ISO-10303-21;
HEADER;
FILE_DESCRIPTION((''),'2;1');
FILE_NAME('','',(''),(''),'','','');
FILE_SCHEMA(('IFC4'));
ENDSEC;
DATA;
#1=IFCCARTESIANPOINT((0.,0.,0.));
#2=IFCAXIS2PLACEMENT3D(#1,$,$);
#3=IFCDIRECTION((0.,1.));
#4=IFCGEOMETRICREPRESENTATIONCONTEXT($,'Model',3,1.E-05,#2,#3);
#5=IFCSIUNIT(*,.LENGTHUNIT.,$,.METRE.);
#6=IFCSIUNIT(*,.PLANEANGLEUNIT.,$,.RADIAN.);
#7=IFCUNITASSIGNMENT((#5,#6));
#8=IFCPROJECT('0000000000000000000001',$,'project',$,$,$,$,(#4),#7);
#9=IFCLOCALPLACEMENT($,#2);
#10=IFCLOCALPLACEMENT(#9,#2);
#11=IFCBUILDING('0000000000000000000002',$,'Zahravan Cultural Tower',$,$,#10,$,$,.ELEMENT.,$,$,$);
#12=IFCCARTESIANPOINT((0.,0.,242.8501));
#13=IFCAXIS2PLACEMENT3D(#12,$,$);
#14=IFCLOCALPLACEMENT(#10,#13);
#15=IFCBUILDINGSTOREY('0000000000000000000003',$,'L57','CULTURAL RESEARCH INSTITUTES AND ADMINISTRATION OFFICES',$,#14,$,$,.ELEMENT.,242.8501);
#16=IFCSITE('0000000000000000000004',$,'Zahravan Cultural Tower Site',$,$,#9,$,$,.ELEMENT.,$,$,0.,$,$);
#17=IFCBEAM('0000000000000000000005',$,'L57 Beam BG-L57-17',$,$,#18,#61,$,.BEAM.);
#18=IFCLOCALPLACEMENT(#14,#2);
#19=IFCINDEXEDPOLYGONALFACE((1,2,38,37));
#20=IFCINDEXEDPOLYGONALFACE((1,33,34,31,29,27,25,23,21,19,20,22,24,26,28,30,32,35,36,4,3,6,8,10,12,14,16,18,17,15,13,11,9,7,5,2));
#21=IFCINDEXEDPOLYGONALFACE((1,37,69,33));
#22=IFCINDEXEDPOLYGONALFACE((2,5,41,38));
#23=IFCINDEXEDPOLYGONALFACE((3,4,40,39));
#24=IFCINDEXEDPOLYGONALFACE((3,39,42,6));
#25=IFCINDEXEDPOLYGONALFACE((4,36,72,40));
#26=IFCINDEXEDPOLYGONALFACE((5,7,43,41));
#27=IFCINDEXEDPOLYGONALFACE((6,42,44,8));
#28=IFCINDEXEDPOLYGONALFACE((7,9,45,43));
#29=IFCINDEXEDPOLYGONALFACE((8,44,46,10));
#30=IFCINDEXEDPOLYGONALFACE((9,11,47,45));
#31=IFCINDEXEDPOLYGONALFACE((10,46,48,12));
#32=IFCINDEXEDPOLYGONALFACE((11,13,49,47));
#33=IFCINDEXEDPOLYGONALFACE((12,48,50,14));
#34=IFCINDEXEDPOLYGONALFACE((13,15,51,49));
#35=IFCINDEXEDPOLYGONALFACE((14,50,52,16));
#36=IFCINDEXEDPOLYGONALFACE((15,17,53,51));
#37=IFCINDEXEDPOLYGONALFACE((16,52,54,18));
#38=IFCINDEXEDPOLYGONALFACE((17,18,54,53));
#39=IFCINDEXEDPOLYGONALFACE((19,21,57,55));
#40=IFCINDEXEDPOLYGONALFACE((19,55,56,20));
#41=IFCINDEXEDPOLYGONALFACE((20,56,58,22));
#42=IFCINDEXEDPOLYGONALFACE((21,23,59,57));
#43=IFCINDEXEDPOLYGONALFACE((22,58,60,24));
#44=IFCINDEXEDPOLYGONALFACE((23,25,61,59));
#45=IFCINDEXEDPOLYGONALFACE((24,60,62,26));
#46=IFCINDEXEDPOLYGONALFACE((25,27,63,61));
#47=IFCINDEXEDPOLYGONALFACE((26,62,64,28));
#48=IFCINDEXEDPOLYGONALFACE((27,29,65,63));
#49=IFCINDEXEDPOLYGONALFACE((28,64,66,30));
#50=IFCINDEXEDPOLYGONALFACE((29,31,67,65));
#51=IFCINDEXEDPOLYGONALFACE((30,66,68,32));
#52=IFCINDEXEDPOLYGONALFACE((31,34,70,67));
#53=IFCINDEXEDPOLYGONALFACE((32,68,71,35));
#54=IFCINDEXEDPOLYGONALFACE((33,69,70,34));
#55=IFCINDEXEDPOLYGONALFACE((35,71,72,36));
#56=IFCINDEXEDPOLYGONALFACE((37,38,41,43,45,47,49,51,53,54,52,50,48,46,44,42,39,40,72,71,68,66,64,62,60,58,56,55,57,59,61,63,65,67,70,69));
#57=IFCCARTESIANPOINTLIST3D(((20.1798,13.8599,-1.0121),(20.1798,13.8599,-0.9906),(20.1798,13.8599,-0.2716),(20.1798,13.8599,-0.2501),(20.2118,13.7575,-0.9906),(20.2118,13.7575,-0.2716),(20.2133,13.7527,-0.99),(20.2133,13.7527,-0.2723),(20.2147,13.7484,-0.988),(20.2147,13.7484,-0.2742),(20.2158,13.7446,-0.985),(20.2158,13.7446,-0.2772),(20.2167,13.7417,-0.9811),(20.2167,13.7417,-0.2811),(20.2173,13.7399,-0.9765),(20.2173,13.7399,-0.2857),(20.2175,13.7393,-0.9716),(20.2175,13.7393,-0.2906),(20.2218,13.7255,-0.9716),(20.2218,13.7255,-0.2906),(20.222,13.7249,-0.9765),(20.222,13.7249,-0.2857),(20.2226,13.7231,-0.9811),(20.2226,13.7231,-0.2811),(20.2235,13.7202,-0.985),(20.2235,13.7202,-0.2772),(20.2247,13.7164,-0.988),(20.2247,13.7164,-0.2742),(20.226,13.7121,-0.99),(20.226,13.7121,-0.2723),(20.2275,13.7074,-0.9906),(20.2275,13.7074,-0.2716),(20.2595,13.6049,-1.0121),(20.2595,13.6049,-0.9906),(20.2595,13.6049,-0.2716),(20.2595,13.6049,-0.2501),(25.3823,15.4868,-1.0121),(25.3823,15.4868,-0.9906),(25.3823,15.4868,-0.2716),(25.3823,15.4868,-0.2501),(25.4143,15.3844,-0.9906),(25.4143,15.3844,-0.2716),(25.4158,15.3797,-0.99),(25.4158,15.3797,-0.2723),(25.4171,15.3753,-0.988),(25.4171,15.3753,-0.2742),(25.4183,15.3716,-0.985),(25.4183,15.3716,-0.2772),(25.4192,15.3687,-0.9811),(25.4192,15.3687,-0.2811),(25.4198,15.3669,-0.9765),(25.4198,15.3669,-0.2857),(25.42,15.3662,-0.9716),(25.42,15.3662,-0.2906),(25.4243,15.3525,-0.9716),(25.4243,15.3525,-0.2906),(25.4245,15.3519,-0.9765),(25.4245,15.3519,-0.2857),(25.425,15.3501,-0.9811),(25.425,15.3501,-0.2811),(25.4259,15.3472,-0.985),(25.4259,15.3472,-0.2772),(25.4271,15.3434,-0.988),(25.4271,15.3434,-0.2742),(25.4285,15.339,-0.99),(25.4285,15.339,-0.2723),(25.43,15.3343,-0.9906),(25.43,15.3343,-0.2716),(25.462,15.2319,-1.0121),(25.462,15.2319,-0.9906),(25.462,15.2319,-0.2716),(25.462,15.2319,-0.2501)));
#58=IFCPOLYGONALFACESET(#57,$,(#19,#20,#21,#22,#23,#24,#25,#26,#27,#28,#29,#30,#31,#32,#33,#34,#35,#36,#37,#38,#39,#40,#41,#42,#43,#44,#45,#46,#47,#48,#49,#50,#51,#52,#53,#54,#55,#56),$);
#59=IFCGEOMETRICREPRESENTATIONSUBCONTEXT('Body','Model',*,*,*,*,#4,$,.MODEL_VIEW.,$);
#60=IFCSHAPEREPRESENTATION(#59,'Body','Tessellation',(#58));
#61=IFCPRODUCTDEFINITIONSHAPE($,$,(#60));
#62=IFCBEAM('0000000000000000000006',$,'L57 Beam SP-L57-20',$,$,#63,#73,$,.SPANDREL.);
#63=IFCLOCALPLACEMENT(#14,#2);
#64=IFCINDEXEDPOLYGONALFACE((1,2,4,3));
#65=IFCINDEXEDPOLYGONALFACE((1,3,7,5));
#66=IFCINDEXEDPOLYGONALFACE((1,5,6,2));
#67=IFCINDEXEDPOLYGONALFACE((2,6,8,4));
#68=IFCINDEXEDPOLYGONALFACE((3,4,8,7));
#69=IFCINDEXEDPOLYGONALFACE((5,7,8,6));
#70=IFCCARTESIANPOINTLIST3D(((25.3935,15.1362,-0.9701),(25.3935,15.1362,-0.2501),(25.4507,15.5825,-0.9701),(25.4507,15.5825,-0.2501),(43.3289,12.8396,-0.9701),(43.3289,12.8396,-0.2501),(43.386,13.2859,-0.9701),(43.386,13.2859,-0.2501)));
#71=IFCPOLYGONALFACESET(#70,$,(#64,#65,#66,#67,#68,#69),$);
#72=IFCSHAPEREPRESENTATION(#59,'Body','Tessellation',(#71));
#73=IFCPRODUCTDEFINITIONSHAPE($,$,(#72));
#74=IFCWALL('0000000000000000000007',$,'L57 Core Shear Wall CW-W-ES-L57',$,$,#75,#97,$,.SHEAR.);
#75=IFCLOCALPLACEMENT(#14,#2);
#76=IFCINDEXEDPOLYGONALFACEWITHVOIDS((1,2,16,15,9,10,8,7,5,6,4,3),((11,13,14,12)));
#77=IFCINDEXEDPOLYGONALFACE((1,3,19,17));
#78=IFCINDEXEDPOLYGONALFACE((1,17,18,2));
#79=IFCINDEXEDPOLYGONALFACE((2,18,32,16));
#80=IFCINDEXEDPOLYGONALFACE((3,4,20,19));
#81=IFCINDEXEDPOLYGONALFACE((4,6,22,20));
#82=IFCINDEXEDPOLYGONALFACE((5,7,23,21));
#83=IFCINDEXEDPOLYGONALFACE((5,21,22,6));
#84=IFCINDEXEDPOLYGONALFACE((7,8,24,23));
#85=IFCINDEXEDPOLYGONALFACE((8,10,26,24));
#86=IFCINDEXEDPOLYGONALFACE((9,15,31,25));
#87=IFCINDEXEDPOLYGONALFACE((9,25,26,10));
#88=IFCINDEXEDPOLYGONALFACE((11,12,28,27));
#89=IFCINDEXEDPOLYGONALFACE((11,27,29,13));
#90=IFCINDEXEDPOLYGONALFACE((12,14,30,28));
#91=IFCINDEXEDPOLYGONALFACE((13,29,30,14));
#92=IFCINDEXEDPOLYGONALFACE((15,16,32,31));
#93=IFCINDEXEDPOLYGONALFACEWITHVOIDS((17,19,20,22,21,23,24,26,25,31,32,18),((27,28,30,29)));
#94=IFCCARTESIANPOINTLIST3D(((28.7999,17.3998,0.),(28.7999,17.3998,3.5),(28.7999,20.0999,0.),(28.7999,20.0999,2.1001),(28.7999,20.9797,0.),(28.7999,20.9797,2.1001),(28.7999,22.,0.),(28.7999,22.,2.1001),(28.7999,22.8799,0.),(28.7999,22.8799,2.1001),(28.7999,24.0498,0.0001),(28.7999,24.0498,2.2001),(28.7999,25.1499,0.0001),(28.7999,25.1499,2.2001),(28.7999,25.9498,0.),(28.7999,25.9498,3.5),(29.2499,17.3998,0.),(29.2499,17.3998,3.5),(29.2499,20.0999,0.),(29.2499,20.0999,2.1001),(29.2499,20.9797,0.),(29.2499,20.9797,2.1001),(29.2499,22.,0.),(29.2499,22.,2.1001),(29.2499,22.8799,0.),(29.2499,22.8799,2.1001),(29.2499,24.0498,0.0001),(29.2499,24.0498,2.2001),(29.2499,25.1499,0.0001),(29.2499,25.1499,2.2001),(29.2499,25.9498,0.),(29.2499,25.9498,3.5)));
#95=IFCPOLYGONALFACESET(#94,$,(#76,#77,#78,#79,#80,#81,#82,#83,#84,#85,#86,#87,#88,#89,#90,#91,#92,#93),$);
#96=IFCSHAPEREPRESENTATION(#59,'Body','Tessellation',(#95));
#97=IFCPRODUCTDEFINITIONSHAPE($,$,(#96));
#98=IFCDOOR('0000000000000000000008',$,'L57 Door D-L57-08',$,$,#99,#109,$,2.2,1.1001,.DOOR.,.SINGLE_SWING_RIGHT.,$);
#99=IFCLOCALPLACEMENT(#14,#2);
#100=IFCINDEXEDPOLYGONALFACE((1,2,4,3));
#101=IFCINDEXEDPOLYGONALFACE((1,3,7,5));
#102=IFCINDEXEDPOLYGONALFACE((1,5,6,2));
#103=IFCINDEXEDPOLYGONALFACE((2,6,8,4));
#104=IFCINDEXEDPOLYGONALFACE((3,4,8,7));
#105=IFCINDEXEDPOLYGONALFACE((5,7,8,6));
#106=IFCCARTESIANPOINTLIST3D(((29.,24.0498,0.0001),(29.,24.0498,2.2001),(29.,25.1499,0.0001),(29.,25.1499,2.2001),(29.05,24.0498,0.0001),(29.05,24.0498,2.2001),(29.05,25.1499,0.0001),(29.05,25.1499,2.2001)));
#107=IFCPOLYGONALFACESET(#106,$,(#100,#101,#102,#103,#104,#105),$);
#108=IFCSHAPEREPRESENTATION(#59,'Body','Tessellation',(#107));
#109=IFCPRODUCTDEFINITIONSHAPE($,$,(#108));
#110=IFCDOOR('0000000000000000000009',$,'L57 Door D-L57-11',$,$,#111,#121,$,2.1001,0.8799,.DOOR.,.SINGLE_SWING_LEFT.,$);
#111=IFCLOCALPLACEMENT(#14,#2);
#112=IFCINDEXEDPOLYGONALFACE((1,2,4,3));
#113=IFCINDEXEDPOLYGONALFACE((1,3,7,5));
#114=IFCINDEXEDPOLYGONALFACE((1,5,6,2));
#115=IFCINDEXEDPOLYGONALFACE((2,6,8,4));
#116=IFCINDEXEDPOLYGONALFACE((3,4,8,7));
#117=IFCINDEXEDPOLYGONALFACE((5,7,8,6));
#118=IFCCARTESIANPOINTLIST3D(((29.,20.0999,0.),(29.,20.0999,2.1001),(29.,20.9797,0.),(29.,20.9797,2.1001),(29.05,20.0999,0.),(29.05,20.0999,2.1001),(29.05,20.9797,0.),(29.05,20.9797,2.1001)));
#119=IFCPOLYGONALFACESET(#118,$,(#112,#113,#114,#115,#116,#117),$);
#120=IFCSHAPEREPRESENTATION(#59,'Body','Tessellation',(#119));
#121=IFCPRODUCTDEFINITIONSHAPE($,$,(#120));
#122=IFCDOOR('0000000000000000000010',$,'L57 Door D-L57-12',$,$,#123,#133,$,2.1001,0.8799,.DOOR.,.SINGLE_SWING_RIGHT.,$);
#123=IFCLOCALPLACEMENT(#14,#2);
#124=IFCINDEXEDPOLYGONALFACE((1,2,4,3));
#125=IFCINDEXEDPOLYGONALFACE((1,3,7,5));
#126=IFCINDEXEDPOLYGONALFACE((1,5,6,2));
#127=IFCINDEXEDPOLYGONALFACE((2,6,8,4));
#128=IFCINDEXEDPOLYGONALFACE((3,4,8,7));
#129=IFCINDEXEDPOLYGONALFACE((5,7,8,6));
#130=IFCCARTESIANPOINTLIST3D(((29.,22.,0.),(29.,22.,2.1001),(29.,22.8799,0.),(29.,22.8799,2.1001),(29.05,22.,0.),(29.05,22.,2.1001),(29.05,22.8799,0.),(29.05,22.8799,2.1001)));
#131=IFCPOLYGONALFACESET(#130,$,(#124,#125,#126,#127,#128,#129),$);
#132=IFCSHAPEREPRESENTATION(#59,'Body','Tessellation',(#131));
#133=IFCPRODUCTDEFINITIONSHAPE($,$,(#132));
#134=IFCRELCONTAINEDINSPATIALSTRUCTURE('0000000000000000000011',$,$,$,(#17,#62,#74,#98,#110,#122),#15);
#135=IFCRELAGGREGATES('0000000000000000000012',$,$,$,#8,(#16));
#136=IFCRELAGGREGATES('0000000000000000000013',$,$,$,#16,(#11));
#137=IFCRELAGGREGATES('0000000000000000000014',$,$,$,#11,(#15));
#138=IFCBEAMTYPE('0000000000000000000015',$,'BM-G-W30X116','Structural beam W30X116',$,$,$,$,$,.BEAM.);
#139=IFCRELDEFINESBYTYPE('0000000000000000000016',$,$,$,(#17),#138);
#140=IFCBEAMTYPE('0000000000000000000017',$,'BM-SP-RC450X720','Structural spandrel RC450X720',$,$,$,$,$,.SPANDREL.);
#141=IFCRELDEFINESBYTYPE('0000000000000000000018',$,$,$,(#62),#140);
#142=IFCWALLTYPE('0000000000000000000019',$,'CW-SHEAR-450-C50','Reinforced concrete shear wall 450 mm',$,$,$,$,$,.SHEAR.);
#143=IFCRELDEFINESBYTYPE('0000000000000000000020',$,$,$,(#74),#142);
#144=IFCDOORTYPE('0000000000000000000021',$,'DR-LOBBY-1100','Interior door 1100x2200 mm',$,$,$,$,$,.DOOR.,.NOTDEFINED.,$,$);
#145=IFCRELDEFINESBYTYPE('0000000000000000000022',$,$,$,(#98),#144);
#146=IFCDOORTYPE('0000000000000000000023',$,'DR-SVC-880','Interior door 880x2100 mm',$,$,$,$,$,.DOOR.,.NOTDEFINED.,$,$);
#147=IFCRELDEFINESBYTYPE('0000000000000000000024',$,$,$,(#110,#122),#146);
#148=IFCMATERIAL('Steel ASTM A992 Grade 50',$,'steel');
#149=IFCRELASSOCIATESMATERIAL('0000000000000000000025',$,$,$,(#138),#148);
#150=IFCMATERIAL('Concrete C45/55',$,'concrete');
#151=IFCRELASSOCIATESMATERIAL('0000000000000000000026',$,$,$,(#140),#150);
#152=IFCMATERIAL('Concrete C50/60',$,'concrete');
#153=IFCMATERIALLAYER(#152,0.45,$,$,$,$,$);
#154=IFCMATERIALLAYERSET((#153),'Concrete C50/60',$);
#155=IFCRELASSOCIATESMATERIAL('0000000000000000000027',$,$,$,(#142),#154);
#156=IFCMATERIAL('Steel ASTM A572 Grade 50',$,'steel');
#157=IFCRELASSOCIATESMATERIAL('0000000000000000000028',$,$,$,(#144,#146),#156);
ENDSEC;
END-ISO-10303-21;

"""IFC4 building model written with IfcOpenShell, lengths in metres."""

from ifc_helpers import new_model, si_unit, direction, frame, frame_2d, origin, origin_2d, place, context, subcontext, project, spatial, rectangle, i_section, extrude, source, transform, mapped, material, layer, layer_set, material_profile, profile_set, type_object, element, fill, save


model = new_model("IFC4")

# Units and contexts
model_context = context("Model", 3, precision=1e-05, world=origin(), true_north=direction((0.0, 1.0)))
body_context = subcontext(model_context, "Body", "Model", "MODEL_VIEW")
ifc_project = project(units=[si_unit("LENGTHUNIT", "METRE"), si_unit("PLANEANGLEUNIT", "RADIAN")], contexts=[model_context])

# Site, building, storey
site_placement = place(None, origin())
site = spatial("IfcSite", under=ifc_project, at=site_placement, Name="Zahravan Cultural Tower Site", CompositionType="ELEMENT", RefElevation=0.0)
building_placement = place(site_placement, origin())
building = spatial("IfcBuilding", under=site, at=building_placement, Name="Zahravan Cultural Tower", CompositionType="ELEMENT")
storey_placement = place(building_placement, frame((0.0, 0.0, 242.8501)))
storey = spatial("IfcBuildingStorey", under=building, at=storey_placement, Name="L57", Description="CULTURAL RESEARCH INSTITUTES AND ADMINISTRATION OFFICES", CompositionType="ELEMENT", Elevation=242.8501)

# Shared definitions
ifc_material_1 = material(Name="Concrete C50/60", Category="concrete")
ifc_material_2 = material(Name="Steel ASTM A992 Grade 50", Category="steel")

# Beams
ifc_material_profile_1 = material_profile(ifc_material_2, i_section(OverallWidth=0.2671, OverallDepth=0.762, WebThickness=0.0144, FlangeThickness=0.0215, FilletRadius=0.019, at=origin_2d()), Name="W30X116")
ifc_profile_set_1 = profile_set([ifc_material_profile_1], Name="Steel ASTM A992 Grade 50")
beam_type_1 = type_object("IfcBeamType", Name="BM-G-W30X116", Description="Structural beam W30X116", PredefinedType="BEAM", material=ifc_profile_set_1)
shared_shape_1 = source(origin(), body_context, "Body", "SweptSolid", [
    extrude(i_section(OverallWidth=0.2671, OverallDepth=0.762, WebThickness=0.0144, FlangeThickness=0.0215, FilletRadius=0.019, at=origin_2d()), origin(), (0.0, 0.0, 1.0), 5.4509),
])
beam_1_placement = place(storey_placement, frame((25.4221, 15.3594, -0.6311), z_axis=(-0.954417, -0.298476, 0.0), x_axis=(0.298476, -0.954417, 0.0)))
element("IfcBeam", 1, at=beam_1_placement, inside=storey, type_object=beam_type_1, Name="L57 Beam BG-L57-17", PredefinedType="BEAM", context=body_context, shape_type="MappedRepresentation", body=[
    mapped(shared_shape_1, transform((0.0, 0.0, 0.0), x_axis=(1.0, 0.0, 0.0), y_axis=(0.0, 1.0, 0.0), z_axis=(0.0, 0.0, 1.0), scale=1.0)),
])
ifc_material_3 = material(Name="Concrete C45/55", Category="concrete")
ifc_material_profile_2 = material_profile(ifc_material_3, rectangle(XDim=0.45, YDim=0.72, at=origin_2d()), Name="RC450X720")
ifc_profile_set_2 = profile_set([ifc_material_profile_2], Name="Concrete C45/55")
beam_type_2 = type_object("IfcBeamType", Name="BM-SP-RC450X720", Description="Structural spandrel RC450X720", PredefinedType="SPANDREL", material=ifc_profile_set_2)
shared_shape_2 = source(origin(), body_context, "Body", "SweptSolid", [
    extrude(rectangle(XDim=0.45, YDim=0.72, at=origin_2d()), origin(), (0.0, 0.0, 1.0), 18.0818),
])
beam_2_placement = place(storey_placement, frame((25.4221, 15.3594, -0.6101), z_axis=(0.991901, -0.127014, 0.0), x_axis=(0.127014, 0.991901, 0.0)))
element("IfcBeam", 2, at=beam_2_placement, inside=storey, type_object=beam_type_2, Name="L57 Beam SP-L57-20", PredefinedType="SPANDREL", context=body_context, shape_type="MappedRepresentation", body=[
    mapped(shared_shape_2, transform((0.0, 0.0, 0.0), x_axis=(1.0, 0.0, 0.0), y_axis=(0.0, 1.0, 0.0), z_axis=(0.0, 0.0, 1.0), scale=1.0)),
])

# Wall, openings, doors
ifc_layer_1 = layer(ifc_material_1, 0.45)
ifc_layer_set_1 = layer_set([ifc_layer_1], Name="Concrete C50/60")
wall_type_1 = type_object("IfcWallType", Name="CW-SHEAR-450-C50", Description="Reinforced concrete shear wall 450 mm", PredefinedType="SHEAR", material=ifc_layer_set_1)
wall_1_placement = place(storey_placement, frame((29.0249, 17.3999, 0.0), z_axis=(0.0, 0.0, 1.0), x_axis=(0.0, 1.0, 0.0)))
wall_1 = element("IfcWall", 3, at=wall_1_placement, inside=storey, type_object=wall_type_1, Name="L57 Core Shear Wall CW-W-ES-L57", PredefinedType="SHEAR", context=body_context, shape_type="SweptSolid", body=[
    extrude(rectangle(XDim=8.55, YDim=0.45, at=frame_2d((4.2749, 0.0))), origin(), (0.0, 0.0, 1.0), 3.5),
])
opening_1_placement = place(wall_1_placement, frame((6.6499, 0.0, 0.0)))
opening_1 = element("IfcOpeningElement", 4, at=opening_1_placement, cuts=wall_1, PredefinedType="OPENING", context=body_context, shape_type="SweptSolid", body=[
    extrude(rectangle(XDim=1.1001, YDim=2.2, at=frame_2d((0.55, 1.1001))), frame((0.0, 0.2349, 0.0), z_axis=(0.0, -1.0, 0.0), x_axis=(1.0, 0.0, 0.0)), (0.0, 0.0, 1.0), 0.47),
])
opening_2_placement = place(wall_1_placement, frame((2.7, 0.0, 0.0)))
opening_2 = element("IfcOpeningElement", 5, at=opening_2_placement, cuts=wall_1, PredefinedType="OPENING", context=body_context, shape_type="SweptSolid", body=[
    extrude(rectangle(XDim=0.8799, YDim=2.1001, at=frame_2d((0.4399, 1.05))), frame((0.0, 0.2349, 0.0), z_axis=(0.0, -1.0, 0.0), x_axis=(1.0, 0.0, 0.0)), (0.0, 0.0, 1.0), 0.47),
])
opening_3_placement = place(wall_1_placement, frame((4.6001, 0.0, 0.0)))
opening_3 = element("IfcOpeningElement", 6, at=opening_3_placement, cuts=wall_1, PredefinedType="OPENING", context=body_context, shape_type="SweptSolid", body=[
    extrude(rectangle(XDim=0.8799, YDim=2.1001, at=frame_2d((0.4399, 1.05))), frame((0.0, 0.2349, 0.0), z_axis=(0.0, -1.0, 0.0), x_axis=(1.0, 0.0, 0.0)), (0.0, 0.0, 1.0), 0.47),
])
ifc_material_4 = material(Name="Steel ASTM A572 Grade 50", Category="steel")
door_type_1 = type_object("IfcDoorType", Name="DR-LOBBY-1100", Description="Interior door 1100x2200 mm", OperationType="NOTDEFINED", PredefinedType="DOOR", material=ifc_material_4)
shared_shape_3 = source(origin(), body_context, "Body", "SweptSolid", [
    extrude(rectangle(XDim=1.1001, YDim=2.2, at=frame_2d((0.55, 1.1001))), frame((0.0, 0.0249, 0.0), z_axis=(0.0, -1.0, 0.0), x_axis=(1.0, 0.0, 0.0)), (0.0, 0.0, 1.0), 0.05),
])
door_1_placement = place(opening_1_placement, origin())
door_1 = element("IfcDoor", 7, at=door_1_placement, inside=storey, type_object=door_type_1, Name="L57 Door D-L57-08", OperationType="SINGLE_SWING_RIGHT", OverallHeight=2.2, OverallWidth=1.1001, PredefinedType="DOOR", context=body_context, shape_type="MappedRepresentation", body=[
    mapped(shared_shape_3, transform((0.0, 0.0, 0.0), x_axis=(1.0, 0.0, 0.0), y_axis=(0.0, 1.0, 0.0), z_axis=(0.0, 0.0, 1.0), scale=1.0)),
])
fill(opening_1, door_1)
door_type_2 = type_object("IfcDoorType", Name="DR-SVC-880", Description="Interior door 880x2100 mm", OperationType="NOTDEFINED", PredefinedType="DOOR", material=ifc_material_4)
shared_shape_4 = source(origin(), body_context, "Body", "SweptSolid", [
    extrude(rectangle(XDim=0.8799, YDim=2.1001, at=frame_2d((0.4399, 1.05))), frame((0.0, 0.0249, 0.0), z_axis=(0.0, -1.0, 0.0), x_axis=(1.0, 0.0, 0.0)), (0.0, 0.0, 1.0), 0.05),
])
door_2_placement = place(opening_2_placement, origin())
door_2 = element("IfcDoor", 8, at=door_2_placement, inside=storey, type_object=door_type_2, Name="L57 Door D-L57-11", OperationType="SINGLE_SWING_LEFT", OverallHeight=2.1001, OverallWidth=0.8799, PredefinedType="DOOR", context=body_context, shape_type="MappedRepresentation", body=[
    mapped(shared_shape_4, transform((0.0, 0.0, 0.0), x_axis=(1.0, 0.0, 0.0), y_axis=(0.0, 1.0, 0.0), z_axis=(0.0, 0.0, 1.0), scale=1.0)),
])
fill(opening_2, door_2)
door_3_placement = place(opening_3_placement, origin())
door_3 = element("IfcDoor", 9, at=door_3_placement, inside=storey, type_object=door_type_2, Name="L57 Door D-L57-12", OperationType="SINGLE_SWING_RIGHT", OverallHeight=2.1001, OverallWidth=0.8799, PredefinedType="DOOR", context=body_context, shape_type="MappedRepresentation", body=[
    mapped(shared_shape_4, transform((0.0, 0.0, 0.0), x_axis=(1.0, 0.0, 0.0), y_axis=(0.0, 1.0, 0.0), z_axis=(0.0, 0.0, 1.0), scale=1.0)),
])
fill(opening_3, door_3)

save(model, "model.ifc")
